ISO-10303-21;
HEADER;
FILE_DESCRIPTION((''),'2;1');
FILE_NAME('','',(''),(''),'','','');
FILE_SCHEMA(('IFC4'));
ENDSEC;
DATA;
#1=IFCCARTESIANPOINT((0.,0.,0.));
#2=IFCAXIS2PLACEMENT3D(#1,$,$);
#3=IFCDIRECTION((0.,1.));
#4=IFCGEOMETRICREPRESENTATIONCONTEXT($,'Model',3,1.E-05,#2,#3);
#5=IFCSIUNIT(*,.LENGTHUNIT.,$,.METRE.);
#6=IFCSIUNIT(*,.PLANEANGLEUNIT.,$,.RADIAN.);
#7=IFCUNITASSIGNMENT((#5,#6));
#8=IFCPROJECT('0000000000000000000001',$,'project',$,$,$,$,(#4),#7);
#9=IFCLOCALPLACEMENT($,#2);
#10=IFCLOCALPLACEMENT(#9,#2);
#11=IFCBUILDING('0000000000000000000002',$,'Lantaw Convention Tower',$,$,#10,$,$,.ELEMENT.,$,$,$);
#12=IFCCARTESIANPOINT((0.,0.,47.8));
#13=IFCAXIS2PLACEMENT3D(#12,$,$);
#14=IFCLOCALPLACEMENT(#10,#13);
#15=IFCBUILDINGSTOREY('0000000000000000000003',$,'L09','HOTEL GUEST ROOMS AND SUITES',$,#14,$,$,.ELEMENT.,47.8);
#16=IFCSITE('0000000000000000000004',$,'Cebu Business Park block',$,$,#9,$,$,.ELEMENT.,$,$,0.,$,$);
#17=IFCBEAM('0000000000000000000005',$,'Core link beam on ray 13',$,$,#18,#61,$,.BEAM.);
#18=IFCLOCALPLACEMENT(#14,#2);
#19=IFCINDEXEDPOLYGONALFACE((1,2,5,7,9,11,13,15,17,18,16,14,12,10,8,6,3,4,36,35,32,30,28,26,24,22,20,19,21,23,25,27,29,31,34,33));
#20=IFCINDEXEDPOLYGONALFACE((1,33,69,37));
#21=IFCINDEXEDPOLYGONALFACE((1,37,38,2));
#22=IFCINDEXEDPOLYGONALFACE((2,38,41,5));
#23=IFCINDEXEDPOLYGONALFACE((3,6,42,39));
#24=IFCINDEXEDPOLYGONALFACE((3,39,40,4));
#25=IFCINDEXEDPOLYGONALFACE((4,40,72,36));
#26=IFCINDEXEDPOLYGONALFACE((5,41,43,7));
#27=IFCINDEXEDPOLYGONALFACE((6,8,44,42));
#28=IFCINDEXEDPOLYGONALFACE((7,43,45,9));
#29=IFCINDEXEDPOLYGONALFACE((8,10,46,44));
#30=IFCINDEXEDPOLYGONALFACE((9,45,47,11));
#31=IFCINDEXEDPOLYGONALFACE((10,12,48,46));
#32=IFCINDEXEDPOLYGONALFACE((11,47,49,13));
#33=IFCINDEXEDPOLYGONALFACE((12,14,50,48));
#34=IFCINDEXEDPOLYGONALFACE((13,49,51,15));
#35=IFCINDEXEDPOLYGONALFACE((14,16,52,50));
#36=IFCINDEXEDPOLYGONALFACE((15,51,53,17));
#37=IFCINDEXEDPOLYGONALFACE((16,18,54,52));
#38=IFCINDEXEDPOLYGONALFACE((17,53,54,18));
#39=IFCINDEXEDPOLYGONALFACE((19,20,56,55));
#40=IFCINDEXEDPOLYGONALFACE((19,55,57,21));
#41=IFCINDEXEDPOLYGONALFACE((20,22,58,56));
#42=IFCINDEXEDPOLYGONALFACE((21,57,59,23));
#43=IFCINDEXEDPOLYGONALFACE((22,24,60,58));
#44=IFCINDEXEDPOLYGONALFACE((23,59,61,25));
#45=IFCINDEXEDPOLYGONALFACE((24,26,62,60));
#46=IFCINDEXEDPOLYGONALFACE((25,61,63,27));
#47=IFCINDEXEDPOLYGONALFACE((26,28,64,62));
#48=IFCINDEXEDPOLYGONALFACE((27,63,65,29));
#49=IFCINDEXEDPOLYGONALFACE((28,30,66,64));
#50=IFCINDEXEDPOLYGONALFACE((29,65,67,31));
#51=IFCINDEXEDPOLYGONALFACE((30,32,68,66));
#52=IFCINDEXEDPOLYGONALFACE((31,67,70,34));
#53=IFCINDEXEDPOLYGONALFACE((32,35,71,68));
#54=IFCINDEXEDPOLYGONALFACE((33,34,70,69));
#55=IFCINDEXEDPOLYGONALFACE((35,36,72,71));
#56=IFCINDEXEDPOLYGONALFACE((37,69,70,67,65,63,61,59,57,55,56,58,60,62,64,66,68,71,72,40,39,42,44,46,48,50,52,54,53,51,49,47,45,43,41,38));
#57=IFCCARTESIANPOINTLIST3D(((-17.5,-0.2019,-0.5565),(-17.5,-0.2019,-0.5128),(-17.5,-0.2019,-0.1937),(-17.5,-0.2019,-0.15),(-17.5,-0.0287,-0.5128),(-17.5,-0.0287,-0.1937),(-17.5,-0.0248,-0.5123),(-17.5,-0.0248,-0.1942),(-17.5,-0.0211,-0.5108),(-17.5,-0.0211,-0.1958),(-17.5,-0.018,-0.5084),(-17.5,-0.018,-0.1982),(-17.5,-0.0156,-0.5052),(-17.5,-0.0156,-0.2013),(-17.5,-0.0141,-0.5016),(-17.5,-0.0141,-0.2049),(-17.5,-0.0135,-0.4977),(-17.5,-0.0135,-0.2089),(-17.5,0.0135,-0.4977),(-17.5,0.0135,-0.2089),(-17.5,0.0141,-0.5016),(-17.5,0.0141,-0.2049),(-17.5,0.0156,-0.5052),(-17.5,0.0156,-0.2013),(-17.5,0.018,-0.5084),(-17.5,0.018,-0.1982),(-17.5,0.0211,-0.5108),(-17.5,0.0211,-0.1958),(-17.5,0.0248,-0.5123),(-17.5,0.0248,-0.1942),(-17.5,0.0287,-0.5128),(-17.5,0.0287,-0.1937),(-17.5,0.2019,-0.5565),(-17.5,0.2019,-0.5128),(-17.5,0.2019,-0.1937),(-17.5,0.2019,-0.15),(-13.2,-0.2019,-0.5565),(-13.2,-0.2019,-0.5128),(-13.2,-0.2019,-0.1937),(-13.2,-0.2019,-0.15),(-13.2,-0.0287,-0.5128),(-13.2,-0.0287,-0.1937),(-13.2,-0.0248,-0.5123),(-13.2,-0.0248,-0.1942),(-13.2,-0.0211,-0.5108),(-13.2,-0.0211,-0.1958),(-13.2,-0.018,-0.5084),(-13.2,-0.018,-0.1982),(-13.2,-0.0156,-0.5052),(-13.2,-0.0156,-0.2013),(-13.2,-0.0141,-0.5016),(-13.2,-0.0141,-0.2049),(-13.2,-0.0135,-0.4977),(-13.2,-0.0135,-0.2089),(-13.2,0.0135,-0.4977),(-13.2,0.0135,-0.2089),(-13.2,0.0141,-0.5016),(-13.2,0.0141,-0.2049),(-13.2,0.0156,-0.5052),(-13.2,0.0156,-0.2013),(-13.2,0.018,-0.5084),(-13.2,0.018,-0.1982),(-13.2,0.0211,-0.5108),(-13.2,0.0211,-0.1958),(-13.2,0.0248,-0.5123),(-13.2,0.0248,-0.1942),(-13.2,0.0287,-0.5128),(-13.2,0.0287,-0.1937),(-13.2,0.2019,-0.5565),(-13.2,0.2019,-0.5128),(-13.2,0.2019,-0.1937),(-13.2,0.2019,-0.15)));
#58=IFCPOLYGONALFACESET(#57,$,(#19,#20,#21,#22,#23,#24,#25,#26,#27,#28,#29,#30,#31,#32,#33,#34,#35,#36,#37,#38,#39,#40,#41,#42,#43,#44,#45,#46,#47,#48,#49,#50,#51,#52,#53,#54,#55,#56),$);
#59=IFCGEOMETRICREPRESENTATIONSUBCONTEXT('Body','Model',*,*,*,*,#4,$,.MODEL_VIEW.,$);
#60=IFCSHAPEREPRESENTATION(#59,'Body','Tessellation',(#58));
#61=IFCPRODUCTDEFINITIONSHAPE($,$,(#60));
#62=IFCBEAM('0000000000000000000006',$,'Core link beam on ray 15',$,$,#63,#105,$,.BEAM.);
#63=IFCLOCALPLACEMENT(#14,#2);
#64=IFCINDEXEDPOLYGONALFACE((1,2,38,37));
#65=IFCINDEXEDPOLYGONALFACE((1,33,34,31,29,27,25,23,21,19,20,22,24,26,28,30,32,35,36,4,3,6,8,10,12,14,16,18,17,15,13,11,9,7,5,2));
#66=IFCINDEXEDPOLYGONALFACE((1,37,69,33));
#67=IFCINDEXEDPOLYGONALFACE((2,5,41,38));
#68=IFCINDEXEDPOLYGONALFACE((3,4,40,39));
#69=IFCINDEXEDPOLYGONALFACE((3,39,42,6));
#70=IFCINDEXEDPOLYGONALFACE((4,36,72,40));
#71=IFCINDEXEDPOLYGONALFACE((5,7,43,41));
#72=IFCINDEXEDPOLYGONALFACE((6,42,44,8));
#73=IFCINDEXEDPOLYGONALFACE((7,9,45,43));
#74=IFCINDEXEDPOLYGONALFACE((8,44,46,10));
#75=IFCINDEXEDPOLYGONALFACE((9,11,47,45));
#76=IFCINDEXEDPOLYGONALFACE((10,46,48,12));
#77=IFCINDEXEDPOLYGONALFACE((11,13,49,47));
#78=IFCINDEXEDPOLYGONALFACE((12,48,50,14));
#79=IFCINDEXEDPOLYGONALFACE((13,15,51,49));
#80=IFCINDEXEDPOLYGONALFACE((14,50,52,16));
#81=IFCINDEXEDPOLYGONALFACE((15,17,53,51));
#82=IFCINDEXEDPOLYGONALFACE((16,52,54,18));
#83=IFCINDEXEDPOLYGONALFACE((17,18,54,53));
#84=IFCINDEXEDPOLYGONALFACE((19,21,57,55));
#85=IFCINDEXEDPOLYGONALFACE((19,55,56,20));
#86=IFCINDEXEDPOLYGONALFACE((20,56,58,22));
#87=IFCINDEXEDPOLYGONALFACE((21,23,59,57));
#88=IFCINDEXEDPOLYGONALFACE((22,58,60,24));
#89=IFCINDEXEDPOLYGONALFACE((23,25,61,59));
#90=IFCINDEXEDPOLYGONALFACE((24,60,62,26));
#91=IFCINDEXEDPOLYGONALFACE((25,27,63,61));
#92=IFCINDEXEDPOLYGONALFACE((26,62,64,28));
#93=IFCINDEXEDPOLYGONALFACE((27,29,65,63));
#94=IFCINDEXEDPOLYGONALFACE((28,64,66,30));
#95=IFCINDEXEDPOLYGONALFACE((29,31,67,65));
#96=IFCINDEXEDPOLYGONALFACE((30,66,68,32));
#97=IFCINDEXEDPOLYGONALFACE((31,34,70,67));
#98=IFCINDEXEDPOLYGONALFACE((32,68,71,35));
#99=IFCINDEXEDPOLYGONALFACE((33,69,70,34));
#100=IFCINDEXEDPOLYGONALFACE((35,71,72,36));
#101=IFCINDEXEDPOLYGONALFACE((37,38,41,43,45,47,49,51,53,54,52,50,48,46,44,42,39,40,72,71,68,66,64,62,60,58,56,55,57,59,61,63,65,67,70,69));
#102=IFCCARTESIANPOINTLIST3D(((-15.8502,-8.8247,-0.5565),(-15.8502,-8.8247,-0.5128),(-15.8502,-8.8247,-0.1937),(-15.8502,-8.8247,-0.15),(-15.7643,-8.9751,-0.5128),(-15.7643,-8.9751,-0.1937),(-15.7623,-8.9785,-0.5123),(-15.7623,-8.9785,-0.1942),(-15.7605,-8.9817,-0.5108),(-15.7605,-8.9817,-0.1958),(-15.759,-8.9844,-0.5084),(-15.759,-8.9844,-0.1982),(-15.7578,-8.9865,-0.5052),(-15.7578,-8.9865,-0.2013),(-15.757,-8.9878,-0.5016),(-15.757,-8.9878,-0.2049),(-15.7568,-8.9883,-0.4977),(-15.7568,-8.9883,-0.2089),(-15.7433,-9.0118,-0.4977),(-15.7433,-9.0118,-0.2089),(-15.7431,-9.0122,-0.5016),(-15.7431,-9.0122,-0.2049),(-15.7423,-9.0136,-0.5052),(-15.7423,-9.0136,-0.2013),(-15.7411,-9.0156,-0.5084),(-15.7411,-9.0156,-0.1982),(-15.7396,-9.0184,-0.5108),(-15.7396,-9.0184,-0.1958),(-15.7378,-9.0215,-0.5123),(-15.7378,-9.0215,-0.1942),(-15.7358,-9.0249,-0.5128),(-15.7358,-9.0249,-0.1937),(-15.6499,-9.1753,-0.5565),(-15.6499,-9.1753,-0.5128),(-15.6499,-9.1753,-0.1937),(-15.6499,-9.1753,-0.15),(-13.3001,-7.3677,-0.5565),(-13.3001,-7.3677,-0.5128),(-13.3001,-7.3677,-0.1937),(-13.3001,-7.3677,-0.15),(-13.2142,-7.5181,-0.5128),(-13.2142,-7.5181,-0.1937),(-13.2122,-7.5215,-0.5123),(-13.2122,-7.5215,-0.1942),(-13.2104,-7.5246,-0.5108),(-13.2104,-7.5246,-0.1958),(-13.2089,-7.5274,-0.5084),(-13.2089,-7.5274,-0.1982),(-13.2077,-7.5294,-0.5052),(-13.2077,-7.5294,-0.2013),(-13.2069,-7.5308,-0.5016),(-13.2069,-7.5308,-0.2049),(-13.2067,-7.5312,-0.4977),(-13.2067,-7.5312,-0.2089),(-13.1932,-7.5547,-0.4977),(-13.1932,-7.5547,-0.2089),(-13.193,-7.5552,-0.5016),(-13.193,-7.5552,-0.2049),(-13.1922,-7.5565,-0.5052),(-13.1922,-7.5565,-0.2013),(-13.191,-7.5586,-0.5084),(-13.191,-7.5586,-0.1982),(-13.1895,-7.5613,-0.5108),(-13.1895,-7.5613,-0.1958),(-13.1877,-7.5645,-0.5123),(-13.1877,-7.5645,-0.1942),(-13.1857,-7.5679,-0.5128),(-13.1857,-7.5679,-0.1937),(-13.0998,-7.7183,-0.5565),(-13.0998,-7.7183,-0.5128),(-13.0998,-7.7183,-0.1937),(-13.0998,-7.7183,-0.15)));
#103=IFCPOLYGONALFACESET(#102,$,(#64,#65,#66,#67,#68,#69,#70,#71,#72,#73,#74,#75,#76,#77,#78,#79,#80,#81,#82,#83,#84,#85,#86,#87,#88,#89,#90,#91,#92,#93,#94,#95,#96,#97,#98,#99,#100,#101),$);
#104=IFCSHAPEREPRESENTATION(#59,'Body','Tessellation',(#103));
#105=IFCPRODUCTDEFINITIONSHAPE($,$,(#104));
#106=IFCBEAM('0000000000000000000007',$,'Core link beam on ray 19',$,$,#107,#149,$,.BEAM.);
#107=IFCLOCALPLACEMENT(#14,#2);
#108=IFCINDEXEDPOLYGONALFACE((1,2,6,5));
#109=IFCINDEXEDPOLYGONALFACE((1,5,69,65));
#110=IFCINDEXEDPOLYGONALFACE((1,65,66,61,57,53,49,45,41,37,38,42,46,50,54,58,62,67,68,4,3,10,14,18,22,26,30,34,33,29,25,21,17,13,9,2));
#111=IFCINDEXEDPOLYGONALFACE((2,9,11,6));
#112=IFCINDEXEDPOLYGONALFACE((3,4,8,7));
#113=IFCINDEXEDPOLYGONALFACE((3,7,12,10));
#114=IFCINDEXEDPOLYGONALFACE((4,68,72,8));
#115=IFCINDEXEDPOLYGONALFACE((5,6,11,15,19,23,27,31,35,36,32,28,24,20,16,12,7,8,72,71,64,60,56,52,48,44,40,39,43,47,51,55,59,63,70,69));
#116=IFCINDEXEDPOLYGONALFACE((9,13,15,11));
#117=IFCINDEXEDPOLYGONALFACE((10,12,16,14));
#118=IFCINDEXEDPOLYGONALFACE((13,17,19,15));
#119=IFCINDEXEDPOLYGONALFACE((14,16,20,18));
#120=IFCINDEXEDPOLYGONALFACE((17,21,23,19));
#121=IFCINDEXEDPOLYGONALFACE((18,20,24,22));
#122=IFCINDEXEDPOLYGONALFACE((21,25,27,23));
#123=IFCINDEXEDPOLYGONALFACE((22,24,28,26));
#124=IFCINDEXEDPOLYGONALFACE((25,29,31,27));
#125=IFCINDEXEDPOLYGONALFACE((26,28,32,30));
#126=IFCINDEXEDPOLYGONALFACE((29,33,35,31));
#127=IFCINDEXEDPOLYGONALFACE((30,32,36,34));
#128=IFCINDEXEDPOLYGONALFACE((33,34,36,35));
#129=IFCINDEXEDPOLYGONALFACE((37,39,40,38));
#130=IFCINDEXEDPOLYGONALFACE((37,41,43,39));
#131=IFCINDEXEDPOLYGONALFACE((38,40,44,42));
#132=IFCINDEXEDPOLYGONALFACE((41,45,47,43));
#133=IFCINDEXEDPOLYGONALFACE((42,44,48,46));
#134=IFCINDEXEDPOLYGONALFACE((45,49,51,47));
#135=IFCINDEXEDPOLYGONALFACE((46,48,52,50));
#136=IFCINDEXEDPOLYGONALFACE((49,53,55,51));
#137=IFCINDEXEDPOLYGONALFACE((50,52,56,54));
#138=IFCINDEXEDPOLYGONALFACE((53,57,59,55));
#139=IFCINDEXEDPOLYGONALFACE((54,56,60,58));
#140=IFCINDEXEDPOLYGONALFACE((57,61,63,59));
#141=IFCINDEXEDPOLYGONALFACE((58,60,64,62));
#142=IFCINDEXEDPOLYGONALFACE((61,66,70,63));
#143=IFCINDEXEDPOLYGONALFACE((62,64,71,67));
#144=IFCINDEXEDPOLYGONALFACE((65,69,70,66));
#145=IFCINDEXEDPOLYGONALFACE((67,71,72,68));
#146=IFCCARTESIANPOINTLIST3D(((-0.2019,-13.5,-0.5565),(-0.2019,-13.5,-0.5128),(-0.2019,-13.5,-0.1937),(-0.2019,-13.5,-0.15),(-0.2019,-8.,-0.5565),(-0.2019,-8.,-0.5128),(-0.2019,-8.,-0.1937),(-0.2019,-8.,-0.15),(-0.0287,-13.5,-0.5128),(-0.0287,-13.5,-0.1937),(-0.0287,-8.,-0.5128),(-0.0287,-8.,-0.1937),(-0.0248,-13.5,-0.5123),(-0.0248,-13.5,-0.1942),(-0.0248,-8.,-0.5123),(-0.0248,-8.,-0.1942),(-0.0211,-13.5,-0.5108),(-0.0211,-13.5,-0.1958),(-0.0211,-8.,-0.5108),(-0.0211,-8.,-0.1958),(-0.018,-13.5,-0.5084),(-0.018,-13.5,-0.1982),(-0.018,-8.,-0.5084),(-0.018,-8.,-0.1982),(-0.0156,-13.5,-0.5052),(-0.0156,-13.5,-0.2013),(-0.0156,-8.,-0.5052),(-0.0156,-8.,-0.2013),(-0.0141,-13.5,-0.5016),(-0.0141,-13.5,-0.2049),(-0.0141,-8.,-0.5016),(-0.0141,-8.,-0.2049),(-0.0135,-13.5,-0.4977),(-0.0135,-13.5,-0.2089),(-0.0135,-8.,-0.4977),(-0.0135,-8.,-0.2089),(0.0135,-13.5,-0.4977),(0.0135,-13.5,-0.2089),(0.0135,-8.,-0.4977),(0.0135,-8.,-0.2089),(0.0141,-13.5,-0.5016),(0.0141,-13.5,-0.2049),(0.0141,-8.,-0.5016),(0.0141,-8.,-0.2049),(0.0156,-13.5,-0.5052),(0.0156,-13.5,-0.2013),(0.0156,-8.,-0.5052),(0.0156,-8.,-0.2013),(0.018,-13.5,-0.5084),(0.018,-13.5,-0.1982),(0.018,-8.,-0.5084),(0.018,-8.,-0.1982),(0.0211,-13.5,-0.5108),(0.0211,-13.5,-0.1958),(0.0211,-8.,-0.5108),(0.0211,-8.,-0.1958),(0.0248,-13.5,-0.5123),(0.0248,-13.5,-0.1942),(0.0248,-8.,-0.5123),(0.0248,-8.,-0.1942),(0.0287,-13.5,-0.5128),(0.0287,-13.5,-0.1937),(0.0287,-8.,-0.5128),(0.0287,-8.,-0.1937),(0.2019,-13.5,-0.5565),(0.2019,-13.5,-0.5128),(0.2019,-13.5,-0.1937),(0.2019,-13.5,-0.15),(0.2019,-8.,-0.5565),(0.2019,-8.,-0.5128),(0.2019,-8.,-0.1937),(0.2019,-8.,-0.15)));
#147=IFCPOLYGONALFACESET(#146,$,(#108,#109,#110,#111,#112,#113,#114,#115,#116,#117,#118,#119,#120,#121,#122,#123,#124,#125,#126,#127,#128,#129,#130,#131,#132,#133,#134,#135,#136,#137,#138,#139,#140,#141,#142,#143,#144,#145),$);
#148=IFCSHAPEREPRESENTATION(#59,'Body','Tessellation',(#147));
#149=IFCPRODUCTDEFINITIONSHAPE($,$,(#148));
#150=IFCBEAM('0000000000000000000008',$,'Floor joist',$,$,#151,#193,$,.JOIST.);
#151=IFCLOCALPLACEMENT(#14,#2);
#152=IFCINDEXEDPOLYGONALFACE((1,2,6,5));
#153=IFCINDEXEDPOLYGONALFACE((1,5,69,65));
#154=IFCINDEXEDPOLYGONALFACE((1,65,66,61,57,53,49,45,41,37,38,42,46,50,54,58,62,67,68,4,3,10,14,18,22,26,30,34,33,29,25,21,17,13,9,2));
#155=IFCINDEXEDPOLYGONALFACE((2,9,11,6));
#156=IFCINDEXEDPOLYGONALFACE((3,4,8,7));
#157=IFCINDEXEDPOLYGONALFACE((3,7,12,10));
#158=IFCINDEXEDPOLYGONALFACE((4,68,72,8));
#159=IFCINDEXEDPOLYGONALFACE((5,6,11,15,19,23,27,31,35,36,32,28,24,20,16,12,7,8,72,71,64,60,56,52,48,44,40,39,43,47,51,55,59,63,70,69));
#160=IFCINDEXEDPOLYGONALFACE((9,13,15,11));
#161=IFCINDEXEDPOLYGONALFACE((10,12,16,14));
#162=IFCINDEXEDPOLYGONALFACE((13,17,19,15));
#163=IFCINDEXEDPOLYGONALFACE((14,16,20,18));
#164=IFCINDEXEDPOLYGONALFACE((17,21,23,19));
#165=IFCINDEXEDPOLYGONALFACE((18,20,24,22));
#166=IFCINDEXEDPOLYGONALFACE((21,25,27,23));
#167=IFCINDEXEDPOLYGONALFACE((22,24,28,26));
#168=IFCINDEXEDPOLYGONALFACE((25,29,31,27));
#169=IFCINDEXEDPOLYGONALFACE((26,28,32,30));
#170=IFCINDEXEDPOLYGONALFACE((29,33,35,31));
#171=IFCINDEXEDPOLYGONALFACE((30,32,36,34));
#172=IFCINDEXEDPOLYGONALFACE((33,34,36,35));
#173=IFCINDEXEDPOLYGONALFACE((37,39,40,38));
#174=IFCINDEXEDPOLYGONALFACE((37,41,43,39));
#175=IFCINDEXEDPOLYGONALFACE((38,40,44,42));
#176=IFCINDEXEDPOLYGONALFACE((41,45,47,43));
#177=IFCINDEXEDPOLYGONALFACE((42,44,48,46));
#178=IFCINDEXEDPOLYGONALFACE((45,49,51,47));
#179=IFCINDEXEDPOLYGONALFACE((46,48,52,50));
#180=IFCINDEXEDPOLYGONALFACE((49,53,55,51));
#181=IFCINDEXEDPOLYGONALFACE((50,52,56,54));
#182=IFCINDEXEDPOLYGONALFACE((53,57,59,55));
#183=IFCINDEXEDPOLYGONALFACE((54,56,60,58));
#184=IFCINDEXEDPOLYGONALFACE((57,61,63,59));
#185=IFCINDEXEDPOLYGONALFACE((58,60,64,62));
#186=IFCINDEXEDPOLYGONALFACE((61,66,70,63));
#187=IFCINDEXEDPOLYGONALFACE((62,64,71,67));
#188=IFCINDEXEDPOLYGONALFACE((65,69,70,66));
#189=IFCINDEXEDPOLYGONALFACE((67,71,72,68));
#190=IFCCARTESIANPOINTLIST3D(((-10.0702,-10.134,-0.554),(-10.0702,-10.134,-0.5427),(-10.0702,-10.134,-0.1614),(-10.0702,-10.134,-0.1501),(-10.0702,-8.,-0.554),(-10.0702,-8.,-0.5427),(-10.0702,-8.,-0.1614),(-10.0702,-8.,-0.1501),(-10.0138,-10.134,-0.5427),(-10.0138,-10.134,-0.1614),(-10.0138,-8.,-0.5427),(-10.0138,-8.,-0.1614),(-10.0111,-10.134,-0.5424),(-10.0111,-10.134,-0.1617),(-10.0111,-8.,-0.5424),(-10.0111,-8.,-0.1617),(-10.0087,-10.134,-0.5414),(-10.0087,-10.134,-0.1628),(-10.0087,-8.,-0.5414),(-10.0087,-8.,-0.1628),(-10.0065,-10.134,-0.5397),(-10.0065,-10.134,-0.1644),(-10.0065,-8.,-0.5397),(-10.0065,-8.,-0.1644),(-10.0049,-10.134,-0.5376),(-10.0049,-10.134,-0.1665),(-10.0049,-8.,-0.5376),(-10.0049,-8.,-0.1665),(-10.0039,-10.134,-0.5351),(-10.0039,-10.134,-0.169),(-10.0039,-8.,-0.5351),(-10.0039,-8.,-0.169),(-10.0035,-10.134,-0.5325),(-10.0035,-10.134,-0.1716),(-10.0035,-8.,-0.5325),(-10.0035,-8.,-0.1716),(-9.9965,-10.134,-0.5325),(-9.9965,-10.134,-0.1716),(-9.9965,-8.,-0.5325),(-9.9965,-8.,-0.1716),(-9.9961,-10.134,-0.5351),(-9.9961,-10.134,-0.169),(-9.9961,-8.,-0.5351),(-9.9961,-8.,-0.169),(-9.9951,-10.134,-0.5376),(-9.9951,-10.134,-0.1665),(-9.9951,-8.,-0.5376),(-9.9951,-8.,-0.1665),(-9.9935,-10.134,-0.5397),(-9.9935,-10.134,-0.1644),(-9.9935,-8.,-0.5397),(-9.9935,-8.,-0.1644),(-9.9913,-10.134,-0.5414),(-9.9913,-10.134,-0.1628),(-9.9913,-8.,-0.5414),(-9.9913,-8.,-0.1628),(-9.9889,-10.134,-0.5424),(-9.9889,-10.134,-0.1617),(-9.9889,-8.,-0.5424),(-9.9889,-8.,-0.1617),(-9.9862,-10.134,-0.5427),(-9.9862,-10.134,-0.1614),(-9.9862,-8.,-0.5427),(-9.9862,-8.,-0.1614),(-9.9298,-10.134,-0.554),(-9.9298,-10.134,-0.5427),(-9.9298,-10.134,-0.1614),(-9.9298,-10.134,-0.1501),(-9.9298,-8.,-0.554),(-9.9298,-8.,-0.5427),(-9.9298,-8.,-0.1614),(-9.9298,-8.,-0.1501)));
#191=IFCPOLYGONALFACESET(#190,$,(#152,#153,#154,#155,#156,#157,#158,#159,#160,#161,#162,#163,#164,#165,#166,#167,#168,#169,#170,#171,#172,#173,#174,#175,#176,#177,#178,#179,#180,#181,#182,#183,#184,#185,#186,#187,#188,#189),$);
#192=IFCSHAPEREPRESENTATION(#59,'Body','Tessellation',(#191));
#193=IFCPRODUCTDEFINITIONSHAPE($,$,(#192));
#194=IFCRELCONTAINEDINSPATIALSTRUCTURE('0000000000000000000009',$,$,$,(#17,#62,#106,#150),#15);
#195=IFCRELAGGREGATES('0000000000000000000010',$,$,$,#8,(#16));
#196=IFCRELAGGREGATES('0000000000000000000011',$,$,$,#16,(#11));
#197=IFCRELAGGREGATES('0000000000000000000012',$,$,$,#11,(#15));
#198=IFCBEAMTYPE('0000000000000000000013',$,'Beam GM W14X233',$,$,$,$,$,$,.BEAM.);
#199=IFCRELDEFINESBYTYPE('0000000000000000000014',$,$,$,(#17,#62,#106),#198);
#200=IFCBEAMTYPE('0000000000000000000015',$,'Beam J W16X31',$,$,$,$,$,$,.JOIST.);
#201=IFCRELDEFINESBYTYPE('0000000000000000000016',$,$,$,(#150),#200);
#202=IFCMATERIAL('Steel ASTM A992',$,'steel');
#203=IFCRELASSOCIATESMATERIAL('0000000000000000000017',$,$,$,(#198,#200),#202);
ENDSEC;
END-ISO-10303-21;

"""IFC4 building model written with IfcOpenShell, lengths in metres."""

from ifc_helpers import new_model, si_unit, direction, frame, origin, origin_2d, place, context, subcontext, project, spatial, i_section, extrude, material, material_profile, profile_set, type_object, element, save


model = new_model("IFC4")

# Units and contexts
model_context = context("Model", 3, precision=1e-05, world=origin(), true_north=direction((0.0, 1.0)))
body_context = subcontext(model_context, "Body", "Model", "MODEL_VIEW")
ifc_project = project(units=[si_unit("LENGTHUNIT", "METRE"), si_unit("PLANEANGLEUNIT", "RADIAN")], contexts=[model_context])

# Site, building, storey
site_placement = place(None, origin())
site = spatial("IfcSite", under=ifc_project, at=site_placement, Name="Cebu Business Park block", CompositionType="ELEMENT", RefElevation=0.0)
building_placement = place(site_placement, origin())
building = spatial("IfcBuilding", under=site, at=building_placement, Name="Lantaw Convention Tower", CompositionType="ELEMENT")
storey_placement = place(building_placement, frame((0.0, 0.0, 47.8)))
storey = spatial("IfcBuildingStorey", under=building, at=storey_placement, Name="L09", Description="HOTEL GUEST ROOMS AND SUITES", CompositionType="ELEMENT", Elevation=47.8)

# Beams
ifc_material_1 = material(Name="Steel ASTM A992", Category="steel")
ifc_material_profile_1 = material_profile(ifc_material_1, i_section(OverallWidth=0.4038, OverallDepth=0.4065, WebThickness=0.0271, FlangeThickness=0.0437, FilletRadius=0.0151, at=origin_2d()), Name="W14X233")
ifc_profile_set_1 = profile_set([ifc_material_profile_1], Name="Steel ASTM A992")
beam_type_1 = type_object("IfcBeamType", Name="Beam GM W14X233", PredefinedType="BEAM", material=ifc_profile_set_1)
beam_1_placement = place(storey_placement, frame((-13.2, 0.0, -0.3533), z_axis=(-1.0, 0.0, 0.0), x_axis=(0.0, -1.0, 0.0)))
element("IfcBeam", 1, at=beam_1_placement, inside=storey, type_object=beam_type_1, Name="Core link beam on ray 13", PredefinedType="BEAM", context=body_context, shape_type="SweptSolid", body=[
    extrude(i_section(OverallWidth=0.4038, OverallDepth=0.4065, WebThickness=0.0271, FlangeThickness=0.0437, FilletRadius=0.0151, at=origin_2d()), origin(), (0.0, 0.0, 1.0), 4.3),
])
beam_2_placement = place(storey_placement, frame((-13.2, -7.543, -0.3533), z_axis=(-0.868264, -0.496103, 0.0), x_axis=(0.496103, -0.868264, 0.0)))
element("IfcBeam", 2, at=beam_2_placement, inside=storey, type_object=beam_type_1, Name="Core link beam on ray 15", PredefinedType="BEAM", context=body_context, shape_type="SweptSolid", body=[
    extrude(i_section(OverallWidth=0.4038, OverallDepth=0.4065, WebThickness=0.0271, FlangeThickness=0.0437, FilletRadius=0.0151, at=origin_2d()), origin(), (0.0, 0.0, 1.0), 2.937),
])
beam_3_placement = place(storey_placement, frame((0.0, -8.0, -0.3533), z_axis=(0.0, -1.0, 0.0), x_axis=(1.0, 0.0, 0.0)))
element("IfcBeam", 3, at=beam_3_placement, inside=storey, type_object=beam_type_1, Name="Core link beam on ray 19", PredefinedType="BEAM", context=body_context, shape_type="SweptSolid", body=[
    extrude(i_section(OverallWidth=0.4038, OverallDepth=0.4065, WebThickness=0.0271, FlangeThickness=0.0437, FilletRadius=0.0151, at=origin_2d()), origin(), (0.0, 0.0, 1.0), 5.5),
])
ifc_material_profile_2 = material_profile(ifc_material_1, i_section(OverallWidth=0.1404, OverallDepth=0.4038, WebThickness=0.0071, FlangeThickness=0.0112, FilletRadius=0.0103, at=origin_2d()), Name="W16X31")
ifc_profile_set_2 = profile_set([ifc_material_profile_2], Name="Steel ASTM A992")
beam_type_2 = type_object("IfcBeamType", Name="Beam J W16X31", PredefinedType="JOIST", material=ifc_profile_set_2)
beam_4_placement = place(storey_placement, frame((-10.0, -10.134, -0.3521), z_axis=(0.0, 1.0, 0.0), x_axis=(-1.0, 0.0, 0.0)))
element("IfcBeam", 4, at=beam_4_placement, inside=storey, type_object=beam_type_2, Name="Floor joist", PredefinedType="JOIST", context=body_context, shape_type="SweptSolid", body=[
    extrude(i_section(OverallWidth=0.1404, OverallDepth=0.4038, WebThickness=0.0071, FlangeThickness=0.0112, FilletRadius=0.0103, at=origin_2d()), origin(), (0.0, 0.0, 1.0), 2.134),
])

save(model, "model.ifc")
